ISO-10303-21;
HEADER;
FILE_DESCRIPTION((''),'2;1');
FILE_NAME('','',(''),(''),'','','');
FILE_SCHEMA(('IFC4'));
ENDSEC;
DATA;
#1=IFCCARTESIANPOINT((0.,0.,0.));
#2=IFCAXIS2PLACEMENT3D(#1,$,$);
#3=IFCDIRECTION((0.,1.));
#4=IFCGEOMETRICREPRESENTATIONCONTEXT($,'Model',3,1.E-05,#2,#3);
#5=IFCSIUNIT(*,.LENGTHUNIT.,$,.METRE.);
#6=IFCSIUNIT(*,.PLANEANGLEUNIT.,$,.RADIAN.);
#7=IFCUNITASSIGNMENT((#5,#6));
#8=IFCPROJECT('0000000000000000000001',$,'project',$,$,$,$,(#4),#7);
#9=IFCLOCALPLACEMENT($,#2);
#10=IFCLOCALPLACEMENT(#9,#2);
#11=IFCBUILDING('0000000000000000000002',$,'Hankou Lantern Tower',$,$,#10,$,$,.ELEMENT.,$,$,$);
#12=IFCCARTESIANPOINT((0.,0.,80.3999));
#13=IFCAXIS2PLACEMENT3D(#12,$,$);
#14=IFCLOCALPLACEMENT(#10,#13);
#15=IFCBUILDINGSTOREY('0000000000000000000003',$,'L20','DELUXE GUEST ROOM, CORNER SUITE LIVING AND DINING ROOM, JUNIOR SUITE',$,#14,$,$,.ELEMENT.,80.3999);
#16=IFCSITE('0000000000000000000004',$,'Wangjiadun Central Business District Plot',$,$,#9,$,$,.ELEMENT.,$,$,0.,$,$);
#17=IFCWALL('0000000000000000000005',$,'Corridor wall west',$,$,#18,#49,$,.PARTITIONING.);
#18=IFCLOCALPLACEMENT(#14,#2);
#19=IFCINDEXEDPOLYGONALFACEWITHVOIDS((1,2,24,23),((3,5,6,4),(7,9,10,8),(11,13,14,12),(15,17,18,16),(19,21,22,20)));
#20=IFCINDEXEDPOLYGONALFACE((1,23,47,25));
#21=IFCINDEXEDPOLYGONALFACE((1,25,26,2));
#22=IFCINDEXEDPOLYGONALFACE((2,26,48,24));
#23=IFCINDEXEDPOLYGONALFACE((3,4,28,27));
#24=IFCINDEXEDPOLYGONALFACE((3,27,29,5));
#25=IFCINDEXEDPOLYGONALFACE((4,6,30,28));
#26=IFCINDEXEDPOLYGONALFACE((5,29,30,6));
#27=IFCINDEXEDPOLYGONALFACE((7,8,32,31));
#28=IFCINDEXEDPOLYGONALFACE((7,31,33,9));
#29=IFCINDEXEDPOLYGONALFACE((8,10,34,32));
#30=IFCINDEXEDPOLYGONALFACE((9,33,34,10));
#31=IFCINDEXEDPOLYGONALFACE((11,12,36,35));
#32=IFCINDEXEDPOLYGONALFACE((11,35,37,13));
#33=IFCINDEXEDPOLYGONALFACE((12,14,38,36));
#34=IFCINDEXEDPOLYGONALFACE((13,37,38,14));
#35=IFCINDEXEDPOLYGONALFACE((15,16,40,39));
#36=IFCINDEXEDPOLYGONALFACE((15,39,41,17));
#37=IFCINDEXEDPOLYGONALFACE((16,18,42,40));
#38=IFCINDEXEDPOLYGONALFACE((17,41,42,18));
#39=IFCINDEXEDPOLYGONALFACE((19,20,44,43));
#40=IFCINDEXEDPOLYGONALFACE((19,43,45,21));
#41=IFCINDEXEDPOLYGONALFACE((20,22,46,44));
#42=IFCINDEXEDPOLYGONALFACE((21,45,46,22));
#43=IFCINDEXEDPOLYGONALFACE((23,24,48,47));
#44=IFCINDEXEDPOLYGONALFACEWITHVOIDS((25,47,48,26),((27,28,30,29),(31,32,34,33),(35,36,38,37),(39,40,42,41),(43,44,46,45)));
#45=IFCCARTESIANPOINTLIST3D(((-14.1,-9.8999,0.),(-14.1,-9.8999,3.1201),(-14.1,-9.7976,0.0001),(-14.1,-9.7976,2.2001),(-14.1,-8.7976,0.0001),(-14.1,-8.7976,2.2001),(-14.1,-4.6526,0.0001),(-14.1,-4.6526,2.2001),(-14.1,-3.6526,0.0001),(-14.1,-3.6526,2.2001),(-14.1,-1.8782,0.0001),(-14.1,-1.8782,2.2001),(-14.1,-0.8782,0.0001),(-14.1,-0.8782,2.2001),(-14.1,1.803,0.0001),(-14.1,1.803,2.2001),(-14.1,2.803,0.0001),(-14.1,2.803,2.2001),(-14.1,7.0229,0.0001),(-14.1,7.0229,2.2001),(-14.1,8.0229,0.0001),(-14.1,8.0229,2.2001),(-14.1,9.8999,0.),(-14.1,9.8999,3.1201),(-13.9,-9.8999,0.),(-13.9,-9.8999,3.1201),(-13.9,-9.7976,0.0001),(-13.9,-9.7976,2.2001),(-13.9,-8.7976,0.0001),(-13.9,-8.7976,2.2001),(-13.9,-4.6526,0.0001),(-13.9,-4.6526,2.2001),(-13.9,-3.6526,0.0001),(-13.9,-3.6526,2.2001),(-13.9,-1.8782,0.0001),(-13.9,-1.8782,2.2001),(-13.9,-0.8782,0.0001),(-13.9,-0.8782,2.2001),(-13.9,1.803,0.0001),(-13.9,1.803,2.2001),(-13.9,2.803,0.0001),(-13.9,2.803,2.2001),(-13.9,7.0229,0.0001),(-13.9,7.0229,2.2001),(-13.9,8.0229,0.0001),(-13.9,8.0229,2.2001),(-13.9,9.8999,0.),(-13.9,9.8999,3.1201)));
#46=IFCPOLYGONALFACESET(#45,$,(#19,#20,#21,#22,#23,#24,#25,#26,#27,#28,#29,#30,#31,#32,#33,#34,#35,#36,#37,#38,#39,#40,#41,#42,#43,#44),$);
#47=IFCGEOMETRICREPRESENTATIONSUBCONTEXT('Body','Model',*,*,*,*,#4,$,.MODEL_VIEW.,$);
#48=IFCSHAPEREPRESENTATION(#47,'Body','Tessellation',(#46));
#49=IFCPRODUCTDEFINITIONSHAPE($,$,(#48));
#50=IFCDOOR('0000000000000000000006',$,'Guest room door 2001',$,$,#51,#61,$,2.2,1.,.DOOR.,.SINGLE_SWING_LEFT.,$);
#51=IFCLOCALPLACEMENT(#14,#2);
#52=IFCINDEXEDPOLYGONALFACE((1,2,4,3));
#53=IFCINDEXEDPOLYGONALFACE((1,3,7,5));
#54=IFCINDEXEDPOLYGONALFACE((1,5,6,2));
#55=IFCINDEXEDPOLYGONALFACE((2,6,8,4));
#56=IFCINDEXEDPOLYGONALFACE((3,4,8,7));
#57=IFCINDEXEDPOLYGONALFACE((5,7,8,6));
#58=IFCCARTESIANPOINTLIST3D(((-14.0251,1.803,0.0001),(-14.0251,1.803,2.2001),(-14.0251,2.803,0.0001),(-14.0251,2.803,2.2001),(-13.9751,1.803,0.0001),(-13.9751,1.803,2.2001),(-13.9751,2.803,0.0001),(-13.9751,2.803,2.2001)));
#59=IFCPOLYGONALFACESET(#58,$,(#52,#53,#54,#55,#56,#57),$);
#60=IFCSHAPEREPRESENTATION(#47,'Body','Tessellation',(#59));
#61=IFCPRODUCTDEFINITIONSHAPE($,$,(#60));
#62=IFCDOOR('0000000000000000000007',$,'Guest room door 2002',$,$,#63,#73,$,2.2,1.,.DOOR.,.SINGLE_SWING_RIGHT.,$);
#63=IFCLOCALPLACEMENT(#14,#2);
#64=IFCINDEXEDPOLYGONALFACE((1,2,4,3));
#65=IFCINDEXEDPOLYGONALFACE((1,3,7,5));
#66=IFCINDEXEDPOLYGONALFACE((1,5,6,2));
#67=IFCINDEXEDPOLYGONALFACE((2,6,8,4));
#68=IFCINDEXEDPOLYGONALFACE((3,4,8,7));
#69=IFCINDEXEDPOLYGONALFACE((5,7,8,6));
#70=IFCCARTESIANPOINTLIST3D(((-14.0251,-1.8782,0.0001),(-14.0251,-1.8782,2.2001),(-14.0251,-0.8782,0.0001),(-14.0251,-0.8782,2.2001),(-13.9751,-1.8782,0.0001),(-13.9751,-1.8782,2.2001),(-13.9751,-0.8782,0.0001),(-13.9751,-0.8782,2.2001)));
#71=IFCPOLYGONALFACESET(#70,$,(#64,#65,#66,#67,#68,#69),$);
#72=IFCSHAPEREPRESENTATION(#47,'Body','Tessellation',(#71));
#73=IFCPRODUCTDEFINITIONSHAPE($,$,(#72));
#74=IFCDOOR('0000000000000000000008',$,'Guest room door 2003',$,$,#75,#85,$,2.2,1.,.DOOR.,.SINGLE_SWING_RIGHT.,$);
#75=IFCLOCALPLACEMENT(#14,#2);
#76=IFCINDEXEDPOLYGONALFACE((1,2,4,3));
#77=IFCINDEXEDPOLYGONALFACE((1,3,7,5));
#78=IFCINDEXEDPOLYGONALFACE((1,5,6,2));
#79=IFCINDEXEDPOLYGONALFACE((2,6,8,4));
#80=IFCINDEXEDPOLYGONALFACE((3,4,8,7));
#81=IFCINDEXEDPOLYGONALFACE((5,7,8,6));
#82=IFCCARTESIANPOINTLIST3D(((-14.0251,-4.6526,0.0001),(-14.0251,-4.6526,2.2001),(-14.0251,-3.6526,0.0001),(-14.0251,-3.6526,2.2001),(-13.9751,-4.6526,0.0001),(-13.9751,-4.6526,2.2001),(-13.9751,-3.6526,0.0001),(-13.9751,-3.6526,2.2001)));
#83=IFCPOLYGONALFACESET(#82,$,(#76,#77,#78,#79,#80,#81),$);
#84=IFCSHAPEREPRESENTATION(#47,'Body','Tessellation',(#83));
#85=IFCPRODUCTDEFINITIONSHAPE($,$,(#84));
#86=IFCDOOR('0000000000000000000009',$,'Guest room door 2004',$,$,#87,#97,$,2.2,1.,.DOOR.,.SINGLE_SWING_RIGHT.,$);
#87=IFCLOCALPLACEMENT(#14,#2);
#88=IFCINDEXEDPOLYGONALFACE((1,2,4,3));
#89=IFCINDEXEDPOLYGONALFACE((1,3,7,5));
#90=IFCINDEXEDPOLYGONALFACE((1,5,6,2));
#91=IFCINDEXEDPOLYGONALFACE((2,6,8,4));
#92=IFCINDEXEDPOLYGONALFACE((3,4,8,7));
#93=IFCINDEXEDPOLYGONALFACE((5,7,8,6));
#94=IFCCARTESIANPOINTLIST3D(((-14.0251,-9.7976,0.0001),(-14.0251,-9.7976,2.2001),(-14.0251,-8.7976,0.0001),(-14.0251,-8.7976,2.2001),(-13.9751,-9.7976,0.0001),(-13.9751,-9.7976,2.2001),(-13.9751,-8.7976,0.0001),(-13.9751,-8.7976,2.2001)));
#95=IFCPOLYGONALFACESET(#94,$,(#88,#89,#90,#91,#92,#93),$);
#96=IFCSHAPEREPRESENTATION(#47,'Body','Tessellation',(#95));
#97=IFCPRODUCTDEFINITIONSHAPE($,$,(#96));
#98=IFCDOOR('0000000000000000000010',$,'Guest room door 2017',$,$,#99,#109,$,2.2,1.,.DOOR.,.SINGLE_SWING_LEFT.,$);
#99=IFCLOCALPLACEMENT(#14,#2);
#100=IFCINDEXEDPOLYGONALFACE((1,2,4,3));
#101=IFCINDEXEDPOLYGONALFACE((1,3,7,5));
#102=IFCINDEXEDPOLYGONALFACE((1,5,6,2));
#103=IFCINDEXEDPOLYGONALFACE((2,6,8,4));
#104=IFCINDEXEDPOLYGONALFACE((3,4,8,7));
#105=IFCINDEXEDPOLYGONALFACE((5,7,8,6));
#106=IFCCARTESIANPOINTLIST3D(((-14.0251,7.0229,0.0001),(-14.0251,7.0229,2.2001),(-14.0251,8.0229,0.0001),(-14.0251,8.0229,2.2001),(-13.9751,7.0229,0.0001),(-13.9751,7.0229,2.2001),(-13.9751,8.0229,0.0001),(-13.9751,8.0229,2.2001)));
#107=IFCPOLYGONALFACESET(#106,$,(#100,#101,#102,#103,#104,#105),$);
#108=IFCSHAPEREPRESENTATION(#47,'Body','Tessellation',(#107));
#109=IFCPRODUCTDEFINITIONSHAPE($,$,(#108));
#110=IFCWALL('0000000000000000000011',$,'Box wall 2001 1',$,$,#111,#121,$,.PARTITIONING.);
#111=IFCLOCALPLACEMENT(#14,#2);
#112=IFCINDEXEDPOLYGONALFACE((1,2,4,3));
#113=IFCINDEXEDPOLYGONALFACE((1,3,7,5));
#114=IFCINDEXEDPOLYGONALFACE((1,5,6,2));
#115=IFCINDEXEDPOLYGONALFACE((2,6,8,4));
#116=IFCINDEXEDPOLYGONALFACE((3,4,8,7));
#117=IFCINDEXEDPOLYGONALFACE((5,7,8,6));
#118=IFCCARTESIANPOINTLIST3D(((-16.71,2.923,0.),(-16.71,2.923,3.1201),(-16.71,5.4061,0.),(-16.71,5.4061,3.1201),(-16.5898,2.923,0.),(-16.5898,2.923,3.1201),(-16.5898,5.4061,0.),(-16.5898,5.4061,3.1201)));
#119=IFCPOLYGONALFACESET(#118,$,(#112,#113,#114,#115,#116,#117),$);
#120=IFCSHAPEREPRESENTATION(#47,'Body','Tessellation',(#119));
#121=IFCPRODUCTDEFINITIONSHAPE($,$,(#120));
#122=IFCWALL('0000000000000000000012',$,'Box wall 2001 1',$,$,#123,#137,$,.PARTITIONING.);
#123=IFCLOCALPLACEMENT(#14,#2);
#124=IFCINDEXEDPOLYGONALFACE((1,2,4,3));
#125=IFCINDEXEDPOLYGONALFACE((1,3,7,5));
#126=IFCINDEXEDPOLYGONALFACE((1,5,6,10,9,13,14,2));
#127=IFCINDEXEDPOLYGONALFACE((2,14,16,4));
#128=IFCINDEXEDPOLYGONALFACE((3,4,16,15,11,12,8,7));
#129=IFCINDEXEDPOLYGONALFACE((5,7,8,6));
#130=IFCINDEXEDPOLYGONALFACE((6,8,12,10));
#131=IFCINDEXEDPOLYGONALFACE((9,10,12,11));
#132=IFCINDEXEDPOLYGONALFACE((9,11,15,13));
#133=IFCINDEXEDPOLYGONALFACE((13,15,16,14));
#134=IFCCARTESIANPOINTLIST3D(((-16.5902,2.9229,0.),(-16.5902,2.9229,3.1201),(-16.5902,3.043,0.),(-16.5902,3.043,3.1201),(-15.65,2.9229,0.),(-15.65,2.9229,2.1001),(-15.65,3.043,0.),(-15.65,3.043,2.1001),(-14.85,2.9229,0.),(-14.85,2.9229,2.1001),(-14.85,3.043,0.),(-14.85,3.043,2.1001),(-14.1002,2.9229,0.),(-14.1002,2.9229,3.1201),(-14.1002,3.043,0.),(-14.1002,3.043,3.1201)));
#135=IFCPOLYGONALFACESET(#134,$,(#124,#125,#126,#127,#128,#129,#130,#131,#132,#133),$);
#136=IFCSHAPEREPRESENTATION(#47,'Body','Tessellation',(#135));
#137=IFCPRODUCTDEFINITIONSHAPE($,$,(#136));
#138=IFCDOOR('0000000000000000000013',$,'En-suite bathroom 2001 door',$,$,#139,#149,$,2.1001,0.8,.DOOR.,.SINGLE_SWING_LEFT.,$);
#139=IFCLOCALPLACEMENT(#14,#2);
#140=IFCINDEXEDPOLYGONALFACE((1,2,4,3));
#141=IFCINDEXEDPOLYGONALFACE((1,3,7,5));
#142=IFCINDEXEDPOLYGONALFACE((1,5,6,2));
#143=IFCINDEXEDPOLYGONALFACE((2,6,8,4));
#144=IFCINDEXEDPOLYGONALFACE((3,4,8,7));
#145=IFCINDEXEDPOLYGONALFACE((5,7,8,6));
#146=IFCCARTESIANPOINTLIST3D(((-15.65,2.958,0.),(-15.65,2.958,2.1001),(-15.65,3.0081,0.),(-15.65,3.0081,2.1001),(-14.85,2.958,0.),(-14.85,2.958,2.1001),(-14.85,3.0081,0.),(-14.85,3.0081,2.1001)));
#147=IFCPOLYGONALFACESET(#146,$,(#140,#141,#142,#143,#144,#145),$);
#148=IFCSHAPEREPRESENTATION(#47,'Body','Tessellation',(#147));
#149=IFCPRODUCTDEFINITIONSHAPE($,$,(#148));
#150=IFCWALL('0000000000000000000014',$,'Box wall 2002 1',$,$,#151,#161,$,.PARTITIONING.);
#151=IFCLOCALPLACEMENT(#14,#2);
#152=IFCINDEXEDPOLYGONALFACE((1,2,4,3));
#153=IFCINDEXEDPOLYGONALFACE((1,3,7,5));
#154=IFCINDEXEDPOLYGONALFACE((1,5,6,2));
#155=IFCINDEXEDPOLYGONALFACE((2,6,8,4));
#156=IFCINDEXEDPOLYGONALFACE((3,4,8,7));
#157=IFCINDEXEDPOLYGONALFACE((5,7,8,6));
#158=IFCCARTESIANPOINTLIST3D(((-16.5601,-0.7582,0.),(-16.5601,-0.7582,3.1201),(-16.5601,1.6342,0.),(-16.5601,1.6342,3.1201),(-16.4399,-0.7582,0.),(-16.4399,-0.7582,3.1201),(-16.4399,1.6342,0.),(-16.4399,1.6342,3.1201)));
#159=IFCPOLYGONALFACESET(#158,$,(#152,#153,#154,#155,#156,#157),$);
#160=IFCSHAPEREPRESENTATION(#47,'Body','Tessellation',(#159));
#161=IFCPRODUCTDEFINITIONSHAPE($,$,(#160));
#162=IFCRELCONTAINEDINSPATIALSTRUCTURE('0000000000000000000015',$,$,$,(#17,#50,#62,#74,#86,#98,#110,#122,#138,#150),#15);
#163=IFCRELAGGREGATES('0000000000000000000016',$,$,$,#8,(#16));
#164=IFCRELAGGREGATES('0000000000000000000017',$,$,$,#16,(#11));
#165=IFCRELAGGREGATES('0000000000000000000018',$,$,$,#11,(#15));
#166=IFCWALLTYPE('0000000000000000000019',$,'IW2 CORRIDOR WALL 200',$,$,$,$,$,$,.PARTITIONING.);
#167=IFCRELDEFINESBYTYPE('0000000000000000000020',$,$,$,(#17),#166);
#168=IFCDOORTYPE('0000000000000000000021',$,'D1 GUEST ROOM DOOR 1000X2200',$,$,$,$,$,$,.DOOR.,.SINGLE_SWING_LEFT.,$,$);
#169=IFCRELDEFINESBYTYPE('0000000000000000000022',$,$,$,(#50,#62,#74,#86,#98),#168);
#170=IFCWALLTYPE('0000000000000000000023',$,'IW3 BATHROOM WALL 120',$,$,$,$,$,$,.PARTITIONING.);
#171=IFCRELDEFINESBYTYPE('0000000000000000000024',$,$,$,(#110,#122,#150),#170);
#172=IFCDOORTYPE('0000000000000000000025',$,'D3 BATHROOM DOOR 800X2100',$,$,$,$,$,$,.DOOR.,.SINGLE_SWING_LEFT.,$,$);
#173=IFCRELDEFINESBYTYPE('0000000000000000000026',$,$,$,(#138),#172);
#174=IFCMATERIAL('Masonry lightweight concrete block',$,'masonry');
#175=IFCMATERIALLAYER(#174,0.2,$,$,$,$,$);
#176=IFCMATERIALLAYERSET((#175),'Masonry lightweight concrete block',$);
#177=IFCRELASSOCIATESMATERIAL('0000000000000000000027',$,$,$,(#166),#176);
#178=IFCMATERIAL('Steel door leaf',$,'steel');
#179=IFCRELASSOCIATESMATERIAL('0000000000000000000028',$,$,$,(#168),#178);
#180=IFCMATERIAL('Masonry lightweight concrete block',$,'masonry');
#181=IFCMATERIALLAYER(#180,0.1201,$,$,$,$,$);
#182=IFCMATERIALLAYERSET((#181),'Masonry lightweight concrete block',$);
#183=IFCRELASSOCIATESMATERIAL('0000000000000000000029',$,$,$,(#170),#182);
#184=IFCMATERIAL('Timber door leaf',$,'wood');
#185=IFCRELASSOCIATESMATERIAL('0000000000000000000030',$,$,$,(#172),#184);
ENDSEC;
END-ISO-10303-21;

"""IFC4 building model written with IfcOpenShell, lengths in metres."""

from ifc_helpers import new_model, si_unit, direction, frame, frame_2d, origin, place, context, subcontext, project, spatial, rectangle, extrude, material, layer, layer_set, type_object, element, fill, save


model = new_model("IFC4")

# Units and contexts
model_context = context("Model", 3, precision=1e-05, world=origin(), true_north=direction((0.0, 1.0)))
body_context = subcontext(model_context, "Body", "Model", "MODEL_VIEW")
ifc_project = project(units=[si_unit("LENGTHUNIT", "METRE"), si_unit("PLANEANGLEUNIT", "RADIAN")], contexts=[model_context])

# Site, building, storey
site_placement = place(None, origin())
site = spatial("IfcSite", under=ifc_project, at=site_placement, Name="Wangjiadun Central Business District Plot", CompositionType="ELEMENT", RefElevation=0.0)
building_placement = place(site_placement, origin())
building = spatial("IfcBuilding", under=site, at=building_placement, Name="Hankou Lantern Tower", CompositionType="ELEMENT")
storey_placement = place(building_placement, frame((0.0, 0.0, 80.3999)))
storey = spatial("IfcBuildingStorey", under=building, at=storey_placement, Name="L20", Description="DELUXE GUEST ROOM, CORNER SUITE LIVING AND DINING ROOM, JUNIOR SUITE", CompositionType="ELEMENT", Elevation=80.3999)

# Wall, openings, doors
ifc_material_1 = material(Name="Masonry lightweight concrete block", Category="masonry")
ifc_layer_1 = layer(ifc_material_1, 0.2)
ifc_layer_set_1 = layer_set([ifc_layer_1], Name="Masonry lightweight concrete block")
wall_type_1 = type_object("IfcWallType", Name="IW2 CORRIDOR WALL 200", PredefinedType="PARTITIONING", material=ifc_layer_set_1)
ifc_material_2 = material(Name="Steel door leaf", Category="steel")
door_type_1 = type_object("IfcDoorType", Name="D1 GUEST ROOM DOOR 1000X2200", OperationType="SINGLE_SWING_LEFT", PredefinedType="DOOR", material=ifc_material_2)
wall_1_placement = place(storey_placement, frame((-14.0, 9.8999, 0.0), z_axis=(0.0, 0.0, 1.0), x_axis=(0.0, -1.0, 0.0)))
wall_1 = element("IfcWall", 1, at=wall_1_placement, inside=storey, type_object=wall_type_1, Name="Corridor wall west", PredefinedType="PARTITIONING", context=body_context, shape_type="SweptSolid", body=[
    extrude(rectangle(XDim=19.7998, YDim=0.2, at=frame_2d((9.8999, 0.0))), origin(), (0.0, 0.0, 1.0), 3.1201),
])
opening_1_placement = place(wall_1_placement, frame((7.0969, 0.0, 0.0)))
opening_1 = element("IfcOpeningElement", 2, at=opening_1_placement, cuts=wall_1, PredefinedType="OPENING", context=body_context, shape_type="SweptSolid", body=[
    extrude(rectangle(XDim=1.0, YDim=2.2, at=frame_2d((0.5, 1.1001))), frame((0.0, 0.1099, 0.0), z_axis=(0.0, -1.0, 0.0), x_axis=(1.0, 0.0, 0.0)), (0.0, 0.0, 1.0), 0.22),
])
opening_2_placement = place(wall_1_placement, frame((10.7781, 0.0, 0.0)))
opening_2 = element("IfcOpeningElement", 3, at=opening_2_placement, cuts=wall_1, PredefinedType="OPENING", context=body_context, shape_type="SweptSolid", body=[
    extrude(rectangle(XDim=1.0, YDim=2.2, at=frame_2d((0.5, 1.1001))), frame((0.0, 0.1099, 0.0), z_axis=(0.0, -1.0, 0.0), x_axis=(1.0, 0.0, 0.0)), (0.0, 0.0, 1.0), 0.22),
])
opening_3_placement = place(wall_1_placement, frame((13.5525, 0.0, 0.0)))
opening_3 = element("IfcOpeningElement", 4, at=opening_3_placement, cuts=wall_1, PredefinedType="OPENING", context=body_context, shape_type="SweptSolid", body=[
    extrude(rectangle(XDim=1.0, YDim=2.2, at=frame_2d((0.5, 1.1001))), frame((0.0, 0.1099, 0.0), z_axis=(0.0, -1.0, 0.0), x_axis=(1.0, 0.0, 0.0)), (0.0, 0.0, 1.0), 0.22),
])
opening_4_placement = place(wall_1_placement, frame((18.6975, 0.0, 0.0)))
opening_4 = element("IfcOpeningElement", 5, at=opening_4_placement, cuts=wall_1, PredefinedType="OPENING", context=body_context, shape_type="SweptSolid", body=[
    extrude(rectangle(XDim=1.0, YDim=2.2, at=frame_2d((0.5, 1.1001))), frame((0.0, 0.1099, 0.0), z_axis=(0.0, -1.0, 0.0), x_axis=(1.0, 0.0, 0.0)), (0.0, 0.0, 1.0), 0.22),
])
opening_5_placement = place(wall_1_placement, frame((1.877, 0.0, 0.0)))
opening_5 = element("IfcOpeningElement", 6, at=opening_5_placement, cuts=wall_1, PredefinedType="OPENING", context=body_context, shape_type="SweptSolid", body=[
    extrude(rectangle(XDim=1.0, YDim=2.2, at=frame_2d((0.5, 1.1001))), frame((0.0, 0.1099, 0.0), z_axis=(0.0, -1.0, 0.0), x_axis=(1.0, 0.0, 0.0)), (0.0, 0.0, 1.0), 0.22),
])
door_1_placement = place(opening_1_placement, origin())
door_1 = element("IfcDoor", 7, at=door_1_placement, inside=storey, type_object=door_type_1, Name="Guest room door 2001", OperationType="SINGLE_SWING_LEFT", OverallHeight=2.2, OverallWidth=1.0, PredefinedType="DOOR", context=body_context, shape_type="SweptSolid", body=[
    extrude(rectangle(XDim=1.0, YDim=2.2, at=frame_2d((0.5, 1.1001))), frame((0.0, 0.0249, 0.0), z_axis=(0.0, -1.0, 0.0), x_axis=(1.0, 0.0, 0.0)), (0.0, 0.0, 1.0), 0.05),
])
fill(opening_1, door_1)
door_2_placement = place(opening_2_placement, origin())
door_2 = element("IfcDoor", 8, at=door_2_placement, inside=storey, type_object=door_type_1, Name="Guest room door 2002", OperationType="SINGLE_SWING_RIGHT", OverallHeight=2.2, OverallWidth=1.0, PredefinedType="DOOR", context=body_context, shape_type="SweptSolid", body=[
    extrude(rectangle(XDim=1.0, YDim=2.2, at=frame_2d((0.5, 1.1001))), frame((0.0, 0.0249, 0.0), z_axis=(0.0, -1.0, 0.0), x_axis=(1.0, 0.0, 0.0)), (0.0, 0.0, 1.0), 0.05),
])
fill(opening_2, door_2)
door_3_placement = place(opening_3_placement, origin())
door_3 = element("IfcDoor", 9, at=door_3_placement, inside=storey, type_object=door_type_1, Name="Guest room door 2003", OperationType="SINGLE_SWING_RIGHT", OverallHeight=2.2, OverallWidth=1.0, PredefinedType="DOOR", context=body_context, shape_type="SweptSolid", body=[
    extrude(rectangle(XDim=1.0, YDim=2.2, at=frame_2d((0.5, 1.1001))), frame((0.0, 0.0249, 0.0), z_axis=(0.0, -1.0, 0.0), x_axis=(1.0, 0.0, 0.0)), (0.0, 0.0, 1.0), 0.05),
])
fill(opening_3, door_3)
door_4_placement = place(opening_4_placement, origin())
door_4 = element("IfcDoor", 10, at=door_4_placement, inside=storey, type_object=door_type_1, Name="Guest room door 2004", OperationType="SINGLE_SWING_RIGHT", OverallHeight=2.2, OverallWidth=1.0, PredefinedType="DOOR", context=body_context, shape_type="SweptSolid", body=[
    extrude(rectangle(XDim=1.0, YDim=2.2, at=frame_2d((0.5, 1.1001))), frame((0.0, 0.0249, 0.0), z_axis=(0.0, -1.0, 0.0), x_axis=(1.0, 0.0, 0.0)), (0.0, 0.0, 1.0), 0.05),
])
fill(opening_4, door_4)
door_5_placement = place(opening_5_placement, origin())
door_5 = element("IfcDoor", 11, at=door_5_placement, inside=storey, type_object=door_type_1, Name="Guest room door 2017", OperationType="SINGLE_SWING_LEFT", OverallHeight=2.2, OverallWidth=1.0, PredefinedType="DOOR", context=body_context, shape_type="SweptSolid", body=[
    extrude(rectangle(XDim=1.0, YDim=2.2, at=frame_2d((0.5, 1.1001))), frame((0.0, 0.0249, 0.0), z_axis=(0.0, -1.0, 0.0), x_axis=(1.0, 0.0, 0.0)), (0.0, 0.0, 1.0), 0.05),
])
fill(opening_5, door_5)

# Wall
ifc_material_3 = material(Name="Masonry lightweight concrete block", Category="masonry")
ifc_layer_2 = layer(ifc_material_3, 0.1201)
ifc_layer_set_2 = layer_set([ifc_layer_2], Name="Masonry lightweight concrete block")
wall_type_2 = type_object("IfcWallType", Name="IW3 BATHROOM WALL 120", PredefinedType="PARTITIONING", material=ifc_layer_set_2)
wall_2_placement = place(storey_placement, frame((-16.6499, 5.4062, 0.0), z_axis=(0.0, 0.0, 1.0), x_axis=(0.0, -1.0, 0.0)))
element("IfcWall", 12, at=wall_2_placement, inside=storey, type_object=wall_type_2, Name="Box wall 2001 1", PredefinedType="PARTITIONING", context=body_context, shape_type="SweptSolid", body=[
    extrude(rectangle(XDim=2.4832, YDim=0.1201, at=frame_2d((1.2417, 0.0))), origin(), (0.0, 0.0, 1.0), 3.1201),
])

# Wall, opening, door
wall_3_placement = place(storey_placement, frame((-14.1001, 2.9829, 0.0), z_axis=(0.0, 0.0, 1.0), x_axis=(-1.0, 0.0, 0.0)))
wall_3 = element("IfcWall", 13, at=wall_3_placement, inside=storey, type_object=wall_type_2, Name="Box wall 2001 1", PredefinedType="PARTITIONING", context=body_context, shape_type="SweptSolid", body=[
    extrude(rectangle(XDim=2.49, YDim=0.1201, at=frame_2d((1.2451, 0.0))), origin(), (0.0, 0.0, 1.0), 3.1201),
])
opening_6_placement = place(wall_3_placement, frame((0.75, 0.0, 0.0)))
opening_6 = element("IfcOpeningElement", 14, at=opening_6_placement, cuts=wall_3, PredefinedType="OPENING", context=body_context, shape_type="SweptSolid", body=[
    extrude(rectangle(XDim=0.8, YDim=2.1001, at=frame_2d((0.3999, 1.05))), frame((0.0, 0.0701, 0.0), z_axis=(0.0, -1.0, 0.0), x_axis=(1.0, 0.0, 0.0)), (0.0, 0.0, 1.0), 0.1401),
])
ifc_material_4 = material(Name="Timber door leaf", Category="wood")
door_type_2 = type_object("IfcDoorType", Name="D3 BATHROOM DOOR 800X2100", OperationType="SINGLE_SWING_LEFT", PredefinedType="DOOR", material=ifc_material_4)
door_6_placement = place(opening_6_placement, origin())
door_6 = element("IfcDoor", 15, at=door_6_placement, inside=storey, type_object=door_type_2, Name="En-suite bathroom 2001 door", OperationType="SINGLE_SWING_LEFT", OverallHeight=2.1001, OverallWidth=0.8, PredefinedType="DOOR", context=body_context, shape_type="SweptSolid", body=[
    extrude(rectangle(XDim=0.8, YDim=2.1001, at=frame_2d((0.3999, 1.05))), frame((0.0, 0.0249, 0.0), z_axis=(0.0, -1.0, 0.0), x_axis=(1.0, 0.0, 0.0)), (0.0, 0.0, 1.0), 0.05),
])
fill(opening_6, door_6)

# Wall
wall_4_placement = place(storey_placement, frame((-16.5, 1.6343, 0.0), z_axis=(0.0, 0.0, 1.0), x_axis=(0.0, -1.0, 0.0)))
element("IfcWall", 16, at=wall_4_placement, inside=storey, type_object=wall_type_2, Name="Box wall 2002 1", PredefinedType="PARTITIONING", context=body_context, shape_type="SweptSolid", body=[
    extrude(rectangle(XDim=2.3923, YDim=0.1201, at=frame_2d((1.1963, 0.0))), origin(), (0.0, 0.0, 1.0), 3.1201),
])

save(model, "model.ifc")
